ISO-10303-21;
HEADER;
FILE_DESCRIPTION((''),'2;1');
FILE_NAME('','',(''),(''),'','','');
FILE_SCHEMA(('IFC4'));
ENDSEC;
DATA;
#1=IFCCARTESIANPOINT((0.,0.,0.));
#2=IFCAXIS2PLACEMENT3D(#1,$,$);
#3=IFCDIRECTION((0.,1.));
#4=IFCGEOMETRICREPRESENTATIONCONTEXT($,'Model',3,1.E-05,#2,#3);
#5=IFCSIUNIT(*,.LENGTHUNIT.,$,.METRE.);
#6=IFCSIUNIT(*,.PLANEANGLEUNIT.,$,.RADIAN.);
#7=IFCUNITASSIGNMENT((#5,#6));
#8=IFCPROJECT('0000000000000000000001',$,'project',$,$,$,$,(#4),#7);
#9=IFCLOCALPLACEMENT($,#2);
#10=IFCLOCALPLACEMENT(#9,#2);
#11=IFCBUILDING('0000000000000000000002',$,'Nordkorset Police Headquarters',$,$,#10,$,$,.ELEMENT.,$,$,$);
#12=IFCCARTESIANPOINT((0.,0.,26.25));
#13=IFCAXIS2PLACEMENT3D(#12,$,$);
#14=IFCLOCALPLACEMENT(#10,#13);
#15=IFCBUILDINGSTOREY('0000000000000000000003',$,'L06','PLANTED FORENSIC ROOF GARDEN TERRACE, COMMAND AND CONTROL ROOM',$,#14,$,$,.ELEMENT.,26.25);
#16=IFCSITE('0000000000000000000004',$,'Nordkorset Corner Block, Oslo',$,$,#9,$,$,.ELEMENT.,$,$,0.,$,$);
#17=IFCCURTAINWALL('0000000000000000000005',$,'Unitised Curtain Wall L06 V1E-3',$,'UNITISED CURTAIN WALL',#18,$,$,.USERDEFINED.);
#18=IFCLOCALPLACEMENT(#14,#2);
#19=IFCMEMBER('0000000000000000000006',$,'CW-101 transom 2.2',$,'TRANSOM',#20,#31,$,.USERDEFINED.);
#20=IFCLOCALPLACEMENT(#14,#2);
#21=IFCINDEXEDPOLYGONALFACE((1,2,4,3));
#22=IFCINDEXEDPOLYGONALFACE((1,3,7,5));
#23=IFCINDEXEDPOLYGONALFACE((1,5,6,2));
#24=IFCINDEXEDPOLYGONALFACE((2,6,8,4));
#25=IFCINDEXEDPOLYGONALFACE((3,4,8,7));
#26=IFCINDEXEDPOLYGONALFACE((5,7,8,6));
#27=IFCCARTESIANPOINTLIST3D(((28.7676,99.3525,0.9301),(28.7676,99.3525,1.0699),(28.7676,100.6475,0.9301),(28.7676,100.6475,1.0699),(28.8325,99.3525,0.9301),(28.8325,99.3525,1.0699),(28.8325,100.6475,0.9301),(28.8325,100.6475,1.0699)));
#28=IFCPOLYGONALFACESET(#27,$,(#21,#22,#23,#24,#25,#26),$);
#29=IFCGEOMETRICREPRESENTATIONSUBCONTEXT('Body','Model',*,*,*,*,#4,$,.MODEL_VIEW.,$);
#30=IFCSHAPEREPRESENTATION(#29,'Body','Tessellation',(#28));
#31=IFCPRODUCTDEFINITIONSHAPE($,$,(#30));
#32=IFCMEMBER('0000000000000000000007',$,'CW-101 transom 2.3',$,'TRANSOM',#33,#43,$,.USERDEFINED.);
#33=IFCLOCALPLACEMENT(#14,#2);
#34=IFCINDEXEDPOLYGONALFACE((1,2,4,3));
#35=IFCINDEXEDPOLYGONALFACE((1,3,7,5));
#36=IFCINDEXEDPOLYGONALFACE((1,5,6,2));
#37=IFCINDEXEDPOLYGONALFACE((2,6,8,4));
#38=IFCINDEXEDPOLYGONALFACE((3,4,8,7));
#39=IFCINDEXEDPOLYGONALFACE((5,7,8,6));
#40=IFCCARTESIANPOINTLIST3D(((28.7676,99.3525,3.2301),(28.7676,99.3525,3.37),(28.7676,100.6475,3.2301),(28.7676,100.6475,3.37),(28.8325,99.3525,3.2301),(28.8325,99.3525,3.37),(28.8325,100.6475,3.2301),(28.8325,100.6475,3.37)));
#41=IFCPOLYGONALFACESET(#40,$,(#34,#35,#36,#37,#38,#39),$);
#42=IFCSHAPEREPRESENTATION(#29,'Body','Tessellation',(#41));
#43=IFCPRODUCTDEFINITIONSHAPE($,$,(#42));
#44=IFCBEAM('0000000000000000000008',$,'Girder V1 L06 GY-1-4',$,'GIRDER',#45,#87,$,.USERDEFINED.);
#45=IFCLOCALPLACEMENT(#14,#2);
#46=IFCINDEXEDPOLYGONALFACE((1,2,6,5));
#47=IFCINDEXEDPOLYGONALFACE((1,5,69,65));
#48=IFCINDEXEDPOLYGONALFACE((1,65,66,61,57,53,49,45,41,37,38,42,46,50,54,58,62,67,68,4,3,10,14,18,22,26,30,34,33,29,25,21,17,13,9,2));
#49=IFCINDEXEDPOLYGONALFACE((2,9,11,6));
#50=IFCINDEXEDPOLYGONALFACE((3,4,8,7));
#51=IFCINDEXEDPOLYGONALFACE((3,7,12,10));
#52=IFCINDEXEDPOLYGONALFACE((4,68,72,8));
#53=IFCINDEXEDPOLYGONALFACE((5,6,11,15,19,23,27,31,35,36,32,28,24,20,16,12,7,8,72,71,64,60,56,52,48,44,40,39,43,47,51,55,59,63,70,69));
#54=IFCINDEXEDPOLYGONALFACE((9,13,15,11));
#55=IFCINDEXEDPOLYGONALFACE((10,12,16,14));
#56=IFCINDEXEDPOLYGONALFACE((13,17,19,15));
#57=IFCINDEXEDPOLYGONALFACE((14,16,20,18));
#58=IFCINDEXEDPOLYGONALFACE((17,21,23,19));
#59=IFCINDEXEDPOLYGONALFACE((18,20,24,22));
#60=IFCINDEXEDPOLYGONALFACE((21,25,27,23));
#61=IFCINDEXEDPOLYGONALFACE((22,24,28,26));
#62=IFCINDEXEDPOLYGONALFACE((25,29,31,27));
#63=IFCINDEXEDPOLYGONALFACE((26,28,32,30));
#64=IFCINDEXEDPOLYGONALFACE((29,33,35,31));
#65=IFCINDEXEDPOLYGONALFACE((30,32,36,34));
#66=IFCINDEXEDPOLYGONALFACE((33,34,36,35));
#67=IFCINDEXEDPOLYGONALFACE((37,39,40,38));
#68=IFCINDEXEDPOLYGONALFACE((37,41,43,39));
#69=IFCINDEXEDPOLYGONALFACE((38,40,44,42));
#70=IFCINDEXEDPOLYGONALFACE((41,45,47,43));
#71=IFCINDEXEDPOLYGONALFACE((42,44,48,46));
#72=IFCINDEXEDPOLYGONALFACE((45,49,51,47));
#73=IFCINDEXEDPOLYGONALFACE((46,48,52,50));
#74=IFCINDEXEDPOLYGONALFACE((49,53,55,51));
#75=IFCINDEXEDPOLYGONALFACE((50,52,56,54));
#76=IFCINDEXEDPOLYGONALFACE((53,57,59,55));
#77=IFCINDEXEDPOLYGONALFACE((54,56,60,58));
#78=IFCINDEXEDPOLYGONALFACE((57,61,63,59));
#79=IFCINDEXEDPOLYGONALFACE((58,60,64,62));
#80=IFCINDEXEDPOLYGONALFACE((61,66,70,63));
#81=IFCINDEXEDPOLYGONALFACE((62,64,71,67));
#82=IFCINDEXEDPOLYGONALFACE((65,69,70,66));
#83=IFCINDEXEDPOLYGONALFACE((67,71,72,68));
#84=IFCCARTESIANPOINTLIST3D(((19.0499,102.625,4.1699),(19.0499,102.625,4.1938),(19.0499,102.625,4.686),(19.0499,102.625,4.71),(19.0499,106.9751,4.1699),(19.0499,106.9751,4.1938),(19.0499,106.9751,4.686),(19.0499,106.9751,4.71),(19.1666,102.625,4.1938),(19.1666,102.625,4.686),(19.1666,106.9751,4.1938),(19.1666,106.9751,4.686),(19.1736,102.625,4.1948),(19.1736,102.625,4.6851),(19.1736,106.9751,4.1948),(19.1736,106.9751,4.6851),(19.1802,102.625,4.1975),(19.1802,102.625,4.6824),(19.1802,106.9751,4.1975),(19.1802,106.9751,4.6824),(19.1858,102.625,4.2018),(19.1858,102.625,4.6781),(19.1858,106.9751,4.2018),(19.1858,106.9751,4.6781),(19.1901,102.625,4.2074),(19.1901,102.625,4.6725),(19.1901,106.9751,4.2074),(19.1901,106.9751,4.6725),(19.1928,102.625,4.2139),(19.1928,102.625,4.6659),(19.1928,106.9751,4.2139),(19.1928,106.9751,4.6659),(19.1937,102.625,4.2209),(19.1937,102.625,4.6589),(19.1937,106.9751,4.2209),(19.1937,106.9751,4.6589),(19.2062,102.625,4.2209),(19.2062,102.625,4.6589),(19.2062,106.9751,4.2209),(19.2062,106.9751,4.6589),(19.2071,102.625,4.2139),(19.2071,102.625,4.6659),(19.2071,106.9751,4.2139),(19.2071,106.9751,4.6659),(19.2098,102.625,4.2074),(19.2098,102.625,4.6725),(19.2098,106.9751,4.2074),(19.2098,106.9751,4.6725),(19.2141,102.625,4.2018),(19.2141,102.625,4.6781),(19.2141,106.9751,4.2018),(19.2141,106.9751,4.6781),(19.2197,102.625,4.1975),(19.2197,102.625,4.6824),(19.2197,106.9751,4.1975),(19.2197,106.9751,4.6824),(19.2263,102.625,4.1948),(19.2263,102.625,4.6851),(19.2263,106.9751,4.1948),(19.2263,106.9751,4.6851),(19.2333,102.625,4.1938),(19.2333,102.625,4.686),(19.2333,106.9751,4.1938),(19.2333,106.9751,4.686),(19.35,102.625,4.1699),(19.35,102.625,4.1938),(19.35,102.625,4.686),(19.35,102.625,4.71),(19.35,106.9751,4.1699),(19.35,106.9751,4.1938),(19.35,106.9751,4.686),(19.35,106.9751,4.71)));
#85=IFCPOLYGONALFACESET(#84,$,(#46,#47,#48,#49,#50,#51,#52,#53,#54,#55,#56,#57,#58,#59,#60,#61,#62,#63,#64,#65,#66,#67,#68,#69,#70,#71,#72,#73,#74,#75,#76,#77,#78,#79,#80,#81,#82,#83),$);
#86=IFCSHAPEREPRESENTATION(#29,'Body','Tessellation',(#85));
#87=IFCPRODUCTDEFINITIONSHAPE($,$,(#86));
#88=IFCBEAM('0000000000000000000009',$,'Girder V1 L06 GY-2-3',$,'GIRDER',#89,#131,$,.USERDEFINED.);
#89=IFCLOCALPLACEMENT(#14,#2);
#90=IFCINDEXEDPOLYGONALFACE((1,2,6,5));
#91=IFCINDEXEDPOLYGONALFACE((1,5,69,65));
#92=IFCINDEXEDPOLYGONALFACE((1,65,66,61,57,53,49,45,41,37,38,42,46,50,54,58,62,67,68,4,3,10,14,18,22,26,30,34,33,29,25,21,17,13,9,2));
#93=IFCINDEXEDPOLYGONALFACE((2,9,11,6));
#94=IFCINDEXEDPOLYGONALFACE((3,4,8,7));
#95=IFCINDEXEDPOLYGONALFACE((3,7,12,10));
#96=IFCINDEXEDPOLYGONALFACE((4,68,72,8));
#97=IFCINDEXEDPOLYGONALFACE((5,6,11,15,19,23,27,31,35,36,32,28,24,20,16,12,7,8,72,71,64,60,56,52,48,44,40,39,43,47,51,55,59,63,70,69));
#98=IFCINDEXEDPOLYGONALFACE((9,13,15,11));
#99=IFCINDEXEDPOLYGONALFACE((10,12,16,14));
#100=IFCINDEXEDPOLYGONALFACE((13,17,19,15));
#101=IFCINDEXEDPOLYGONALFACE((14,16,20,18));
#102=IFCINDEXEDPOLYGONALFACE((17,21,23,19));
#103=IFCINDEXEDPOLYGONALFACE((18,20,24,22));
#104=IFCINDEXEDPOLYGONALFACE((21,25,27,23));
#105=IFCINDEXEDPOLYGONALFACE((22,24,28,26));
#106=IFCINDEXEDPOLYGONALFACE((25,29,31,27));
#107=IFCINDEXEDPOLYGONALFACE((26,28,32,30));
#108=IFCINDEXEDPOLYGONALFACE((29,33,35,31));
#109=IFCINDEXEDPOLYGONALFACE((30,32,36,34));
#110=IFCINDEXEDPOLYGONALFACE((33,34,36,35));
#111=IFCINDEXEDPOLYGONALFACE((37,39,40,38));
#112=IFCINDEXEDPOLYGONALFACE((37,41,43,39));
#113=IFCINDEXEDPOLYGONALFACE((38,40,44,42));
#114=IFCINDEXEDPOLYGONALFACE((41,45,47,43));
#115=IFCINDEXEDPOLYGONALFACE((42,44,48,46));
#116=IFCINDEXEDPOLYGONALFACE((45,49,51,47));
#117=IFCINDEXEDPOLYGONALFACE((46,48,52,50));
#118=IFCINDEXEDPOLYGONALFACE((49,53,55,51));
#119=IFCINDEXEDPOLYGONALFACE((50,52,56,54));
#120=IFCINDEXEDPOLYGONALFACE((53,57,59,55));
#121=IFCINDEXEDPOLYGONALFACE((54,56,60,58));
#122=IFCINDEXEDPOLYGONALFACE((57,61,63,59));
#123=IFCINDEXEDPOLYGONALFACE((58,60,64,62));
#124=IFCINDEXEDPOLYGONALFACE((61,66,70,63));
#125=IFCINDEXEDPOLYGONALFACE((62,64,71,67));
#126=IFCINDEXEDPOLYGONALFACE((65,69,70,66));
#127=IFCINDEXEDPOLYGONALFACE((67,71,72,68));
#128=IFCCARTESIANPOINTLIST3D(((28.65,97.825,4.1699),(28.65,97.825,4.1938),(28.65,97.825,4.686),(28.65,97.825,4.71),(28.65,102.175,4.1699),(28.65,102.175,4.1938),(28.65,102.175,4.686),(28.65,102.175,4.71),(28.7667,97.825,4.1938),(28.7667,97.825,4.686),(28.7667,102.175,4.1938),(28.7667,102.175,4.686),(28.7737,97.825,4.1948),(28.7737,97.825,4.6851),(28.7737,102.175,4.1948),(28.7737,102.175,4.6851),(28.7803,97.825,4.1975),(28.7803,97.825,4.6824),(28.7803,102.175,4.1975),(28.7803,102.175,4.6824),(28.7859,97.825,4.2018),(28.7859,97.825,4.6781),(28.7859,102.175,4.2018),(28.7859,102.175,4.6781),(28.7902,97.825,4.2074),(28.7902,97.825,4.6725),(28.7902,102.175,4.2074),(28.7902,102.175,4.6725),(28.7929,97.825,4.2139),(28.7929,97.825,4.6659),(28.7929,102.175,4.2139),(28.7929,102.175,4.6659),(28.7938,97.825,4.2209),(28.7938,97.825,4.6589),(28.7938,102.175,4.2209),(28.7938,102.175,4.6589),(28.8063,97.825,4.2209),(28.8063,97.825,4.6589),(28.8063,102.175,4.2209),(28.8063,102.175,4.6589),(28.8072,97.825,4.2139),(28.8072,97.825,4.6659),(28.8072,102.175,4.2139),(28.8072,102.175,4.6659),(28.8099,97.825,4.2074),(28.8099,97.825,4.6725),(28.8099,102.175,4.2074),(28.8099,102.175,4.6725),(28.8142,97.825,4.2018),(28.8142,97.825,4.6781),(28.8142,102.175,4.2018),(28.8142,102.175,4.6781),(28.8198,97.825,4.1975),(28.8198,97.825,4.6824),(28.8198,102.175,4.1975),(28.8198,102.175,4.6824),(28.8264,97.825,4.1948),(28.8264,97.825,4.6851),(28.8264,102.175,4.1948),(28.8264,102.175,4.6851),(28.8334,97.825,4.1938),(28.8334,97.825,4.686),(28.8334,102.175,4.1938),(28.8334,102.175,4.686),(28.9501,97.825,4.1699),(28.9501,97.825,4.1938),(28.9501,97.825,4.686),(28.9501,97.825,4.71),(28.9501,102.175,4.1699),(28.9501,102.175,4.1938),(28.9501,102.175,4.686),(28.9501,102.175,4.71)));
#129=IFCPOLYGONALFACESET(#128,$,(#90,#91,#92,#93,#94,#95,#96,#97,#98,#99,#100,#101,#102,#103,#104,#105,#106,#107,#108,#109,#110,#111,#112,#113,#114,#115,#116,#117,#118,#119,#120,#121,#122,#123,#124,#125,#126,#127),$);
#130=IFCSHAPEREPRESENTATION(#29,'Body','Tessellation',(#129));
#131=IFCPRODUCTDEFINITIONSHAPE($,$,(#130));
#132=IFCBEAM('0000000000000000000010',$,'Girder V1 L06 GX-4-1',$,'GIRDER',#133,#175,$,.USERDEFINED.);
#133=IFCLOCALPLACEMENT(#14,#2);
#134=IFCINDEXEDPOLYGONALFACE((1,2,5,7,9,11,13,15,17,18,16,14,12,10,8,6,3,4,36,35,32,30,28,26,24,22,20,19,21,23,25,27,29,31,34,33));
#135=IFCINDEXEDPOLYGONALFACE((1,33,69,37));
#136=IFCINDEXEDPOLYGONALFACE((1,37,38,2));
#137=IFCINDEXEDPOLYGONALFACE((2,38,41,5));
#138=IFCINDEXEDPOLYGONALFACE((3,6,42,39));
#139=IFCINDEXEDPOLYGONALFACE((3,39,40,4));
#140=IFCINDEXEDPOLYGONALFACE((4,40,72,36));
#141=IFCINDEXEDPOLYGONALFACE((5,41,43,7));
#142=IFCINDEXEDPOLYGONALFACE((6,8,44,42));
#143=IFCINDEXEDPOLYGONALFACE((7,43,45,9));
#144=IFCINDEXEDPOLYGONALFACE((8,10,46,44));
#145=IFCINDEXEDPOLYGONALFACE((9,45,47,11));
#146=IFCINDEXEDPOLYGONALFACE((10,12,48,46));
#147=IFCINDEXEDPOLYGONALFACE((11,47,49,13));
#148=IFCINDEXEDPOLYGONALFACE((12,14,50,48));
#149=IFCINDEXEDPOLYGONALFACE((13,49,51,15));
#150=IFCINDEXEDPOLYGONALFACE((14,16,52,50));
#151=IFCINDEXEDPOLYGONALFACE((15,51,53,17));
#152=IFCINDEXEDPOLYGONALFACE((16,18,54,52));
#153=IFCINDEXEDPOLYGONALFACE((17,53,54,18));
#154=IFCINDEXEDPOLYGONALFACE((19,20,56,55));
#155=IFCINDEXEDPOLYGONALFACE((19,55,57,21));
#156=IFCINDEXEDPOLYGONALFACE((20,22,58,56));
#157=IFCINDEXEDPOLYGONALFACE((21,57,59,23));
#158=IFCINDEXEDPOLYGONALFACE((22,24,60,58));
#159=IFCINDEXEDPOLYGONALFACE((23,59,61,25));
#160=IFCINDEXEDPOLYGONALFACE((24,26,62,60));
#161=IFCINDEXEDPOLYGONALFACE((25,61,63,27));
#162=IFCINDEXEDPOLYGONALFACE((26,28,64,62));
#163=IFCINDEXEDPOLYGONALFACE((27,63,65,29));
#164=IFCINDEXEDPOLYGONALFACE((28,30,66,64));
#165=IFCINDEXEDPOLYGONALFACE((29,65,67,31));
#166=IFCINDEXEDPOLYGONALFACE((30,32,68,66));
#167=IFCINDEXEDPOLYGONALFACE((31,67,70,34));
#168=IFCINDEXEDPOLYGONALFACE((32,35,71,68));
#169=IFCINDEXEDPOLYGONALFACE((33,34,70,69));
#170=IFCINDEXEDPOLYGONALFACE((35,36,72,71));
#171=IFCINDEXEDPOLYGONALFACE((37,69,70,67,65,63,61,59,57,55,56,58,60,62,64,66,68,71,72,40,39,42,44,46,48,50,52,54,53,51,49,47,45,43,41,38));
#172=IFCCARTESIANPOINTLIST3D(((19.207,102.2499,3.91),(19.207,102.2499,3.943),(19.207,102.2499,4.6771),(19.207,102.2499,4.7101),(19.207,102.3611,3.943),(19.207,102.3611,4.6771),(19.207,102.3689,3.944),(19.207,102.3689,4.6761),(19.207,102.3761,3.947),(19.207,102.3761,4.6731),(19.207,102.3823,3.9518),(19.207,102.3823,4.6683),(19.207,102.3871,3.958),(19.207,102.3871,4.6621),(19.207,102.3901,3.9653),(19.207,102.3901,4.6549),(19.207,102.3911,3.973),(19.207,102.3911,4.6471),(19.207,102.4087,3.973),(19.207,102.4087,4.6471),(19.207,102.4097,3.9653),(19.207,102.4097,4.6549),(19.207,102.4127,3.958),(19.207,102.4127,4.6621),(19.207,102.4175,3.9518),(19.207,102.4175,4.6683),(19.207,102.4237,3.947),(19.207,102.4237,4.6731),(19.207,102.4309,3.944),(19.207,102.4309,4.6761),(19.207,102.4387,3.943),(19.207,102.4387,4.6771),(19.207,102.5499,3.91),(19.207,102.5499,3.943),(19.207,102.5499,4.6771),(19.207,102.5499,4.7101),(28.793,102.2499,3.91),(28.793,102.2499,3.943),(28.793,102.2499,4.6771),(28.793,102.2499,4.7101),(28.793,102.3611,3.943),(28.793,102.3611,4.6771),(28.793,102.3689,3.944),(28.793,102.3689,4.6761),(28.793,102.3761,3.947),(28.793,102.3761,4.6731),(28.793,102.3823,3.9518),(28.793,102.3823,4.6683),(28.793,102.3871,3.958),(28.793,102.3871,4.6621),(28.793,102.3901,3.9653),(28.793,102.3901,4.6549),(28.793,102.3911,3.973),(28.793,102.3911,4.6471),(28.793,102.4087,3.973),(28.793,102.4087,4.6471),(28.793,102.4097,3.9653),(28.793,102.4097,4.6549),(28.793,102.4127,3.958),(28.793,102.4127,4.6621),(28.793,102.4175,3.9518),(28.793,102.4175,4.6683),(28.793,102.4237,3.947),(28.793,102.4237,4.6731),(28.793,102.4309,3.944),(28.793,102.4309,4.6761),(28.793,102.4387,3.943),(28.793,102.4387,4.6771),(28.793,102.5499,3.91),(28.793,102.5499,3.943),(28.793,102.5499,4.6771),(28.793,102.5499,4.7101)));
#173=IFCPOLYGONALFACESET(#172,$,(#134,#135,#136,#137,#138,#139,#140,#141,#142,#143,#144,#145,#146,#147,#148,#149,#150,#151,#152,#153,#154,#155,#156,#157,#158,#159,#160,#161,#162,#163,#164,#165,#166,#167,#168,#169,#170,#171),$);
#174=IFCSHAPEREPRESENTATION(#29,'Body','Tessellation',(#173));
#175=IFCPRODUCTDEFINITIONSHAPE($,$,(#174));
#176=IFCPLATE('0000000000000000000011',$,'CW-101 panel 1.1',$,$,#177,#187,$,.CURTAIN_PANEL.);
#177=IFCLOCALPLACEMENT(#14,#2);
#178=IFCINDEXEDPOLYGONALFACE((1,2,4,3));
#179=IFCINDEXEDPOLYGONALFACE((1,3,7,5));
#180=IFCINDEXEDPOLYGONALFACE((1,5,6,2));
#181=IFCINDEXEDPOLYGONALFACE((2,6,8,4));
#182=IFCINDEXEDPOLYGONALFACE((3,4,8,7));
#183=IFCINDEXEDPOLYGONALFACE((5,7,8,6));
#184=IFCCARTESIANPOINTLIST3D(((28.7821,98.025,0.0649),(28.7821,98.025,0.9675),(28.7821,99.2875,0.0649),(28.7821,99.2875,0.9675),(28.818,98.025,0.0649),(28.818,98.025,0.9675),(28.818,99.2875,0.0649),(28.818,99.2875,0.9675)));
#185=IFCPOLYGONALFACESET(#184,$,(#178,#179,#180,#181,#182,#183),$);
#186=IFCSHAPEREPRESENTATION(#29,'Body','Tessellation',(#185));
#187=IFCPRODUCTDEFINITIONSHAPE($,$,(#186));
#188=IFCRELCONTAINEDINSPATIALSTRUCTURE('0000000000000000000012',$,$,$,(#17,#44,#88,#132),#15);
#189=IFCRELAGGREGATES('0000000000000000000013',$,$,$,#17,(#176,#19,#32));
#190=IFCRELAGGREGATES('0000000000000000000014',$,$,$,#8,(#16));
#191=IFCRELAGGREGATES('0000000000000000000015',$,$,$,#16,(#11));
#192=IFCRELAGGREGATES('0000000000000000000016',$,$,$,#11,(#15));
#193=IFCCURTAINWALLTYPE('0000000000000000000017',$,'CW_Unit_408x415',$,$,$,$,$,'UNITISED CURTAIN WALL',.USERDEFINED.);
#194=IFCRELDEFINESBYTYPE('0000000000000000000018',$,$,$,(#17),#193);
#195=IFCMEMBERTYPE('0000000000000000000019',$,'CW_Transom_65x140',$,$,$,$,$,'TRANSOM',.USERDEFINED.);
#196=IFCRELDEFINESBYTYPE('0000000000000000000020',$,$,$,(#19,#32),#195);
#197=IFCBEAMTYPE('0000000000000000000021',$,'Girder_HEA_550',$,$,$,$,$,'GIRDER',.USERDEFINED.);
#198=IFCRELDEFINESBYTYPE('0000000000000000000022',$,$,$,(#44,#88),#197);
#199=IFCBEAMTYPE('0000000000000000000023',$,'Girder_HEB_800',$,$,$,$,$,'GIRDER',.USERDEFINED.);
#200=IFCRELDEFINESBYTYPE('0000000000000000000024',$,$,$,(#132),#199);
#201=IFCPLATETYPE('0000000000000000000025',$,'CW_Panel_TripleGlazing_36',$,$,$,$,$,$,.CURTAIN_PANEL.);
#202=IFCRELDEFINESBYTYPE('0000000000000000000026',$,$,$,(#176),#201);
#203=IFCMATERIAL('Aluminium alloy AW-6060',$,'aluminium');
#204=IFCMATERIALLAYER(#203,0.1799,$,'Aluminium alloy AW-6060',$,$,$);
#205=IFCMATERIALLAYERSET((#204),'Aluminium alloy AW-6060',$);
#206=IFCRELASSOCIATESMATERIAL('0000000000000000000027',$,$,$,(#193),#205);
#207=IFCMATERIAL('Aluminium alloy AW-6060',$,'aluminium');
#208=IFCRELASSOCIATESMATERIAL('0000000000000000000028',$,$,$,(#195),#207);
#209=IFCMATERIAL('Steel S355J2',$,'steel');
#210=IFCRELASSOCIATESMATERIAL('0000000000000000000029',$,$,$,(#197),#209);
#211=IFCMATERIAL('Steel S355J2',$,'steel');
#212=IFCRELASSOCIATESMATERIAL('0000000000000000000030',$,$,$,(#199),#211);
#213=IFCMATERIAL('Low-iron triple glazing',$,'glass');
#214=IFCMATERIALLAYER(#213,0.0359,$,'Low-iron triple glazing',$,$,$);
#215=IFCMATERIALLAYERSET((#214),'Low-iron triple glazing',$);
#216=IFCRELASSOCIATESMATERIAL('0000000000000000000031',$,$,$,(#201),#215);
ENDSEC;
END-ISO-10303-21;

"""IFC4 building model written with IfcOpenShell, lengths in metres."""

from ifc_helpers import new_model, si_unit, direction, frame, origin, origin_2d, place, context, subcontext, project, spatial, rectangle, i_section, extrude, material, layer, layer_set, material_profile, profile_set, type_object, element, aggregate, save


model = new_model("IFC4")

# Units and contexts
model_context = context("Model", 3, precision=1e-05, world=origin(), true_north=direction((0.0, 1.0)))
body_context = subcontext(model_context, "Body", "Model", "MODEL_VIEW")
ifc_project = project(units=[si_unit("LENGTHUNIT", "METRE"), si_unit("PLANEANGLEUNIT", "RADIAN")], contexts=[model_context])

# Site, building, storey
site_placement = place(None, origin())
site = spatial("IfcSite", under=ifc_project, at=site_placement, Name="Nordkorset Corner Block, Oslo", CompositionType="ELEMENT", RefElevation=0.0)
building_placement = place(site_placement, origin())
building = spatial("IfcBuilding", under=site, at=building_placement, Name="Nordkorset Police Headquarters", CompositionType="ELEMENT")
storey_placement = place(building_placement, frame((0.0, 0.0, 26.25)))
storey = spatial("IfcBuildingStorey", under=building, at=storey_placement, Name="L06", Description="PLANTED FORENSIC ROOF GARDEN TERRACE, COMMAND AND CONTROL ROOM", CompositionType="ELEMENT", Elevation=26.25)

# Curtain wall, members
ifc_material_1 = material(Name="Aluminium alloy AW-6060", Category="aluminium")
ifc_layer_1 = layer(ifc_material_1, 0.1799, Name="Aluminium alloy AW-6060")
ifc_layer_set_1 = layer_set([ifc_layer_1], Name="Aluminium alloy AW-6060")
curtain_wall_type = type_object("IfcCurtainWallType", Name="CW_Unit_408x415", ElementType="UNITISED CURTAIN WALL", PredefinedType="USERDEFINED", material=ifc_layer_set_1)
curtain_wall_placement = place(storey_placement, origin())
curtain_wall = element("IfcCurtainWall", 1, at=curtain_wall_placement, inside=storey, type_object=curtain_wall_type, Name="Unitised Curtain Wall L06 V1E-3", ObjectType="UNITISED CURTAIN WALL", PredefinedType="USERDEFINED")
ifc_material_2 = material(Name="Aluminium alloy AW-6060", Category="aluminium")
ifc_material_profile_1 = material_profile(ifc_material_2, rectangle(XDim=0.0649, YDim=0.1399, at=origin_2d()), Name="ALU TRAN 65x140")
ifc_profile_set_1 = profile_set([ifc_material_profile_1], Name="Aluminium alloy AW-6060")
member_type_1 = type_object("IfcMemberType", Name="CW_Transom_65x140", ElementType="TRANSOM", PredefinedType="USERDEFINED", material=ifc_profile_set_1)
member_1_placement = place(storey_placement, frame((28.8, 99.3525, 1.0), z_axis=(0.0, 1.0, 0.0), x_axis=(-1.0, 0.0, 0.0)))
member_1 = element("IfcMember", 2, at=member_1_placement, type_object=member_type_1, Name="CW-101 transom 2.2", ObjectType="TRANSOM", PredefinedType="USERDEFINED", context=body_context, shape_type="SweptSolid", body=[
    extrude(rectangle(XDim=0.0649, YDim=0.1399, at=origin_2d()), origin(), (0.0, 0.0, 1.0), 1.2949),
])
member_2_placement = place(storey_placement, frame((28.8, 99.3525, 3.3), z_axis=(0.0, 1.0, 0.0), x_axis=(-1.0, 0.0, 0.0)))
member_2 = element("IfcMember", 3, at=member_2_placement, type_object=member_type_1, Name="CW-101 transom 2.3", ObjectType="TRANSOM", PredefinedType="USERDEFINED", context=body_context, shape_type="SweptSolid", body=[
    extrude(rectangle(XDim=0.0649, YDim=0.1399, at=origin_2d()), origin(), (0.0, 0.0, 1.0), 1.2949),
])

# Beams
ifc_material_3 = material(Name="Steel S355J2", Category="steel")
ifc_material_profile_2 = material_profile(ifc_material_3, i_section(OverallWidth=0.3, OverallDepth=0.54, WebThickness=0.0125, FlangeThickness=0.0239, FilletRadius=0.0271, at=origin_2d()), Name="HEA 550")
ifc_profile_set_2 = profile_set([ifc_material_profile_2], Name="Steel S355J2")
beam_type_1 = type_object("IfcBeamType", Name="Girder_HEA_550", ElementType="GIRDER", PredefinedType="USERDEFINED", material=ifc_profile_set_2)
for number, where, z_axis, x_axis, name in (
    (4, (19.2, 102.625, 4.4399), (0.0, 1.0, 0.0), (-1.0, 0.0, 0.0), "Girder V1 L06 GY-1-4"),
    (5, (28.8, 97.825, 4.4399), (0.0, 1.0, 0.0), (-1.0, 0.0, 0.0), "Girder V1 L06 GY-2-3"),
):
    element("IfcBeam", number, at=place(storey_placement, frame(where, z_axis=z_axis, x_axis=x_axis)), inside=storey, type_object=beam_type_1, Name=name, ObjectType="GIRDER", PredefinedType="USERDEFINED", context=body_context, shape_type="SweptSolid", body=[
        extrude(i_section(OverallWidth=0.3, OverallDepth=0.54, WebThickness=0.0125, FlangeThickness=0.0239, FilletRadius=0.0271, at=origin_2d()), origin(), (0.0, 0.0, 1.0), 4.3501),
    ])
ifc_material_4 = material(Name="Steel S355J2", Category="steel")
ifc_material_profile_3 = material_profile(ifc_material_4, i_section(OverallWidth=0.3, OverallDepth=0.8, WebThickness=0.0176, FlangeThickness=0.033, FilletRadius=0.03, at=origin_2d()), Name="HEB 800")
ifc_profile_set_3 = profile_set([ifc_material_profile_3], Name="Steel S355J2")
beam_type_2 = type_object("IfcBeamType", Name="Girder_HEB_800", ElementType="GIRDER", PredefinedType="USERDEFINED", material=ifc_profile_set_3)
beam_1_placement = place(storey_placement, frame((19.207, 102.3999, 4.3101), z_axis=(1.0, 0.0, 0.0), x_axis=(0.0, 1.0, 0.0)))
element("IfcBeam", 6, at=beam_1_placement, inside=storey, type_object=beam_type_2, Name="Girder V1 L06 GX-4-1", ObjectType="GIRDER", PredefinedType="USERDEFINED", context=body_context, shape_type="SweptSolid", body=[
    extrude(i_section(OverallWidth=0.3, OverallDepth=0.8, WebThickness=0.0176, FlangeThickness=0.033, FilletRadius=0.03, at=origin_2d()), origin(), (0.0, 0.0, 1.0), 9.5859),
])

# Plate
ifc_material_5 = material(Name="Low-iron triple glazing", Category="glass")
ifc_layer_2 = layer(ifc_material_5, 0.0359, Name="Low-iron triple glazing")
ifc_layer_set_2 = layer_set([ifc_layer_2], Name="Low-iron triple glazing")
plate_type = type_object("IfcPlateType", Name="CW_Panel_TripleGlazing_36", PredefinedType="CURTAIN_PANEL", material=ifc_layer_set_2)
plate_1_placement = place(storey_placement, frame((28.8, 98.6562, 0.0649), z_axis=(0.0, 0.0, 1.0), x_axis=(0.0, 1.0, 0.0)))
plate_1 = element("IfcPlate", 7, at=plate_1_placement, type_object=plate_type, Name="CW-101 panel 1.1", PredefinedType="CURTAIN_PANEL", context=body_context, shape_type="SweptSolid", body=[
    extrude(rectangle(XDim=1.2625, YDim=0.0359, at=origin_2d()), origin(), (0.0, 0.0, 1.0), 0.9026),
])
aggregate(curtain_wall, [plate_1, member_1, member_2])

save(model, "model.ifc")
